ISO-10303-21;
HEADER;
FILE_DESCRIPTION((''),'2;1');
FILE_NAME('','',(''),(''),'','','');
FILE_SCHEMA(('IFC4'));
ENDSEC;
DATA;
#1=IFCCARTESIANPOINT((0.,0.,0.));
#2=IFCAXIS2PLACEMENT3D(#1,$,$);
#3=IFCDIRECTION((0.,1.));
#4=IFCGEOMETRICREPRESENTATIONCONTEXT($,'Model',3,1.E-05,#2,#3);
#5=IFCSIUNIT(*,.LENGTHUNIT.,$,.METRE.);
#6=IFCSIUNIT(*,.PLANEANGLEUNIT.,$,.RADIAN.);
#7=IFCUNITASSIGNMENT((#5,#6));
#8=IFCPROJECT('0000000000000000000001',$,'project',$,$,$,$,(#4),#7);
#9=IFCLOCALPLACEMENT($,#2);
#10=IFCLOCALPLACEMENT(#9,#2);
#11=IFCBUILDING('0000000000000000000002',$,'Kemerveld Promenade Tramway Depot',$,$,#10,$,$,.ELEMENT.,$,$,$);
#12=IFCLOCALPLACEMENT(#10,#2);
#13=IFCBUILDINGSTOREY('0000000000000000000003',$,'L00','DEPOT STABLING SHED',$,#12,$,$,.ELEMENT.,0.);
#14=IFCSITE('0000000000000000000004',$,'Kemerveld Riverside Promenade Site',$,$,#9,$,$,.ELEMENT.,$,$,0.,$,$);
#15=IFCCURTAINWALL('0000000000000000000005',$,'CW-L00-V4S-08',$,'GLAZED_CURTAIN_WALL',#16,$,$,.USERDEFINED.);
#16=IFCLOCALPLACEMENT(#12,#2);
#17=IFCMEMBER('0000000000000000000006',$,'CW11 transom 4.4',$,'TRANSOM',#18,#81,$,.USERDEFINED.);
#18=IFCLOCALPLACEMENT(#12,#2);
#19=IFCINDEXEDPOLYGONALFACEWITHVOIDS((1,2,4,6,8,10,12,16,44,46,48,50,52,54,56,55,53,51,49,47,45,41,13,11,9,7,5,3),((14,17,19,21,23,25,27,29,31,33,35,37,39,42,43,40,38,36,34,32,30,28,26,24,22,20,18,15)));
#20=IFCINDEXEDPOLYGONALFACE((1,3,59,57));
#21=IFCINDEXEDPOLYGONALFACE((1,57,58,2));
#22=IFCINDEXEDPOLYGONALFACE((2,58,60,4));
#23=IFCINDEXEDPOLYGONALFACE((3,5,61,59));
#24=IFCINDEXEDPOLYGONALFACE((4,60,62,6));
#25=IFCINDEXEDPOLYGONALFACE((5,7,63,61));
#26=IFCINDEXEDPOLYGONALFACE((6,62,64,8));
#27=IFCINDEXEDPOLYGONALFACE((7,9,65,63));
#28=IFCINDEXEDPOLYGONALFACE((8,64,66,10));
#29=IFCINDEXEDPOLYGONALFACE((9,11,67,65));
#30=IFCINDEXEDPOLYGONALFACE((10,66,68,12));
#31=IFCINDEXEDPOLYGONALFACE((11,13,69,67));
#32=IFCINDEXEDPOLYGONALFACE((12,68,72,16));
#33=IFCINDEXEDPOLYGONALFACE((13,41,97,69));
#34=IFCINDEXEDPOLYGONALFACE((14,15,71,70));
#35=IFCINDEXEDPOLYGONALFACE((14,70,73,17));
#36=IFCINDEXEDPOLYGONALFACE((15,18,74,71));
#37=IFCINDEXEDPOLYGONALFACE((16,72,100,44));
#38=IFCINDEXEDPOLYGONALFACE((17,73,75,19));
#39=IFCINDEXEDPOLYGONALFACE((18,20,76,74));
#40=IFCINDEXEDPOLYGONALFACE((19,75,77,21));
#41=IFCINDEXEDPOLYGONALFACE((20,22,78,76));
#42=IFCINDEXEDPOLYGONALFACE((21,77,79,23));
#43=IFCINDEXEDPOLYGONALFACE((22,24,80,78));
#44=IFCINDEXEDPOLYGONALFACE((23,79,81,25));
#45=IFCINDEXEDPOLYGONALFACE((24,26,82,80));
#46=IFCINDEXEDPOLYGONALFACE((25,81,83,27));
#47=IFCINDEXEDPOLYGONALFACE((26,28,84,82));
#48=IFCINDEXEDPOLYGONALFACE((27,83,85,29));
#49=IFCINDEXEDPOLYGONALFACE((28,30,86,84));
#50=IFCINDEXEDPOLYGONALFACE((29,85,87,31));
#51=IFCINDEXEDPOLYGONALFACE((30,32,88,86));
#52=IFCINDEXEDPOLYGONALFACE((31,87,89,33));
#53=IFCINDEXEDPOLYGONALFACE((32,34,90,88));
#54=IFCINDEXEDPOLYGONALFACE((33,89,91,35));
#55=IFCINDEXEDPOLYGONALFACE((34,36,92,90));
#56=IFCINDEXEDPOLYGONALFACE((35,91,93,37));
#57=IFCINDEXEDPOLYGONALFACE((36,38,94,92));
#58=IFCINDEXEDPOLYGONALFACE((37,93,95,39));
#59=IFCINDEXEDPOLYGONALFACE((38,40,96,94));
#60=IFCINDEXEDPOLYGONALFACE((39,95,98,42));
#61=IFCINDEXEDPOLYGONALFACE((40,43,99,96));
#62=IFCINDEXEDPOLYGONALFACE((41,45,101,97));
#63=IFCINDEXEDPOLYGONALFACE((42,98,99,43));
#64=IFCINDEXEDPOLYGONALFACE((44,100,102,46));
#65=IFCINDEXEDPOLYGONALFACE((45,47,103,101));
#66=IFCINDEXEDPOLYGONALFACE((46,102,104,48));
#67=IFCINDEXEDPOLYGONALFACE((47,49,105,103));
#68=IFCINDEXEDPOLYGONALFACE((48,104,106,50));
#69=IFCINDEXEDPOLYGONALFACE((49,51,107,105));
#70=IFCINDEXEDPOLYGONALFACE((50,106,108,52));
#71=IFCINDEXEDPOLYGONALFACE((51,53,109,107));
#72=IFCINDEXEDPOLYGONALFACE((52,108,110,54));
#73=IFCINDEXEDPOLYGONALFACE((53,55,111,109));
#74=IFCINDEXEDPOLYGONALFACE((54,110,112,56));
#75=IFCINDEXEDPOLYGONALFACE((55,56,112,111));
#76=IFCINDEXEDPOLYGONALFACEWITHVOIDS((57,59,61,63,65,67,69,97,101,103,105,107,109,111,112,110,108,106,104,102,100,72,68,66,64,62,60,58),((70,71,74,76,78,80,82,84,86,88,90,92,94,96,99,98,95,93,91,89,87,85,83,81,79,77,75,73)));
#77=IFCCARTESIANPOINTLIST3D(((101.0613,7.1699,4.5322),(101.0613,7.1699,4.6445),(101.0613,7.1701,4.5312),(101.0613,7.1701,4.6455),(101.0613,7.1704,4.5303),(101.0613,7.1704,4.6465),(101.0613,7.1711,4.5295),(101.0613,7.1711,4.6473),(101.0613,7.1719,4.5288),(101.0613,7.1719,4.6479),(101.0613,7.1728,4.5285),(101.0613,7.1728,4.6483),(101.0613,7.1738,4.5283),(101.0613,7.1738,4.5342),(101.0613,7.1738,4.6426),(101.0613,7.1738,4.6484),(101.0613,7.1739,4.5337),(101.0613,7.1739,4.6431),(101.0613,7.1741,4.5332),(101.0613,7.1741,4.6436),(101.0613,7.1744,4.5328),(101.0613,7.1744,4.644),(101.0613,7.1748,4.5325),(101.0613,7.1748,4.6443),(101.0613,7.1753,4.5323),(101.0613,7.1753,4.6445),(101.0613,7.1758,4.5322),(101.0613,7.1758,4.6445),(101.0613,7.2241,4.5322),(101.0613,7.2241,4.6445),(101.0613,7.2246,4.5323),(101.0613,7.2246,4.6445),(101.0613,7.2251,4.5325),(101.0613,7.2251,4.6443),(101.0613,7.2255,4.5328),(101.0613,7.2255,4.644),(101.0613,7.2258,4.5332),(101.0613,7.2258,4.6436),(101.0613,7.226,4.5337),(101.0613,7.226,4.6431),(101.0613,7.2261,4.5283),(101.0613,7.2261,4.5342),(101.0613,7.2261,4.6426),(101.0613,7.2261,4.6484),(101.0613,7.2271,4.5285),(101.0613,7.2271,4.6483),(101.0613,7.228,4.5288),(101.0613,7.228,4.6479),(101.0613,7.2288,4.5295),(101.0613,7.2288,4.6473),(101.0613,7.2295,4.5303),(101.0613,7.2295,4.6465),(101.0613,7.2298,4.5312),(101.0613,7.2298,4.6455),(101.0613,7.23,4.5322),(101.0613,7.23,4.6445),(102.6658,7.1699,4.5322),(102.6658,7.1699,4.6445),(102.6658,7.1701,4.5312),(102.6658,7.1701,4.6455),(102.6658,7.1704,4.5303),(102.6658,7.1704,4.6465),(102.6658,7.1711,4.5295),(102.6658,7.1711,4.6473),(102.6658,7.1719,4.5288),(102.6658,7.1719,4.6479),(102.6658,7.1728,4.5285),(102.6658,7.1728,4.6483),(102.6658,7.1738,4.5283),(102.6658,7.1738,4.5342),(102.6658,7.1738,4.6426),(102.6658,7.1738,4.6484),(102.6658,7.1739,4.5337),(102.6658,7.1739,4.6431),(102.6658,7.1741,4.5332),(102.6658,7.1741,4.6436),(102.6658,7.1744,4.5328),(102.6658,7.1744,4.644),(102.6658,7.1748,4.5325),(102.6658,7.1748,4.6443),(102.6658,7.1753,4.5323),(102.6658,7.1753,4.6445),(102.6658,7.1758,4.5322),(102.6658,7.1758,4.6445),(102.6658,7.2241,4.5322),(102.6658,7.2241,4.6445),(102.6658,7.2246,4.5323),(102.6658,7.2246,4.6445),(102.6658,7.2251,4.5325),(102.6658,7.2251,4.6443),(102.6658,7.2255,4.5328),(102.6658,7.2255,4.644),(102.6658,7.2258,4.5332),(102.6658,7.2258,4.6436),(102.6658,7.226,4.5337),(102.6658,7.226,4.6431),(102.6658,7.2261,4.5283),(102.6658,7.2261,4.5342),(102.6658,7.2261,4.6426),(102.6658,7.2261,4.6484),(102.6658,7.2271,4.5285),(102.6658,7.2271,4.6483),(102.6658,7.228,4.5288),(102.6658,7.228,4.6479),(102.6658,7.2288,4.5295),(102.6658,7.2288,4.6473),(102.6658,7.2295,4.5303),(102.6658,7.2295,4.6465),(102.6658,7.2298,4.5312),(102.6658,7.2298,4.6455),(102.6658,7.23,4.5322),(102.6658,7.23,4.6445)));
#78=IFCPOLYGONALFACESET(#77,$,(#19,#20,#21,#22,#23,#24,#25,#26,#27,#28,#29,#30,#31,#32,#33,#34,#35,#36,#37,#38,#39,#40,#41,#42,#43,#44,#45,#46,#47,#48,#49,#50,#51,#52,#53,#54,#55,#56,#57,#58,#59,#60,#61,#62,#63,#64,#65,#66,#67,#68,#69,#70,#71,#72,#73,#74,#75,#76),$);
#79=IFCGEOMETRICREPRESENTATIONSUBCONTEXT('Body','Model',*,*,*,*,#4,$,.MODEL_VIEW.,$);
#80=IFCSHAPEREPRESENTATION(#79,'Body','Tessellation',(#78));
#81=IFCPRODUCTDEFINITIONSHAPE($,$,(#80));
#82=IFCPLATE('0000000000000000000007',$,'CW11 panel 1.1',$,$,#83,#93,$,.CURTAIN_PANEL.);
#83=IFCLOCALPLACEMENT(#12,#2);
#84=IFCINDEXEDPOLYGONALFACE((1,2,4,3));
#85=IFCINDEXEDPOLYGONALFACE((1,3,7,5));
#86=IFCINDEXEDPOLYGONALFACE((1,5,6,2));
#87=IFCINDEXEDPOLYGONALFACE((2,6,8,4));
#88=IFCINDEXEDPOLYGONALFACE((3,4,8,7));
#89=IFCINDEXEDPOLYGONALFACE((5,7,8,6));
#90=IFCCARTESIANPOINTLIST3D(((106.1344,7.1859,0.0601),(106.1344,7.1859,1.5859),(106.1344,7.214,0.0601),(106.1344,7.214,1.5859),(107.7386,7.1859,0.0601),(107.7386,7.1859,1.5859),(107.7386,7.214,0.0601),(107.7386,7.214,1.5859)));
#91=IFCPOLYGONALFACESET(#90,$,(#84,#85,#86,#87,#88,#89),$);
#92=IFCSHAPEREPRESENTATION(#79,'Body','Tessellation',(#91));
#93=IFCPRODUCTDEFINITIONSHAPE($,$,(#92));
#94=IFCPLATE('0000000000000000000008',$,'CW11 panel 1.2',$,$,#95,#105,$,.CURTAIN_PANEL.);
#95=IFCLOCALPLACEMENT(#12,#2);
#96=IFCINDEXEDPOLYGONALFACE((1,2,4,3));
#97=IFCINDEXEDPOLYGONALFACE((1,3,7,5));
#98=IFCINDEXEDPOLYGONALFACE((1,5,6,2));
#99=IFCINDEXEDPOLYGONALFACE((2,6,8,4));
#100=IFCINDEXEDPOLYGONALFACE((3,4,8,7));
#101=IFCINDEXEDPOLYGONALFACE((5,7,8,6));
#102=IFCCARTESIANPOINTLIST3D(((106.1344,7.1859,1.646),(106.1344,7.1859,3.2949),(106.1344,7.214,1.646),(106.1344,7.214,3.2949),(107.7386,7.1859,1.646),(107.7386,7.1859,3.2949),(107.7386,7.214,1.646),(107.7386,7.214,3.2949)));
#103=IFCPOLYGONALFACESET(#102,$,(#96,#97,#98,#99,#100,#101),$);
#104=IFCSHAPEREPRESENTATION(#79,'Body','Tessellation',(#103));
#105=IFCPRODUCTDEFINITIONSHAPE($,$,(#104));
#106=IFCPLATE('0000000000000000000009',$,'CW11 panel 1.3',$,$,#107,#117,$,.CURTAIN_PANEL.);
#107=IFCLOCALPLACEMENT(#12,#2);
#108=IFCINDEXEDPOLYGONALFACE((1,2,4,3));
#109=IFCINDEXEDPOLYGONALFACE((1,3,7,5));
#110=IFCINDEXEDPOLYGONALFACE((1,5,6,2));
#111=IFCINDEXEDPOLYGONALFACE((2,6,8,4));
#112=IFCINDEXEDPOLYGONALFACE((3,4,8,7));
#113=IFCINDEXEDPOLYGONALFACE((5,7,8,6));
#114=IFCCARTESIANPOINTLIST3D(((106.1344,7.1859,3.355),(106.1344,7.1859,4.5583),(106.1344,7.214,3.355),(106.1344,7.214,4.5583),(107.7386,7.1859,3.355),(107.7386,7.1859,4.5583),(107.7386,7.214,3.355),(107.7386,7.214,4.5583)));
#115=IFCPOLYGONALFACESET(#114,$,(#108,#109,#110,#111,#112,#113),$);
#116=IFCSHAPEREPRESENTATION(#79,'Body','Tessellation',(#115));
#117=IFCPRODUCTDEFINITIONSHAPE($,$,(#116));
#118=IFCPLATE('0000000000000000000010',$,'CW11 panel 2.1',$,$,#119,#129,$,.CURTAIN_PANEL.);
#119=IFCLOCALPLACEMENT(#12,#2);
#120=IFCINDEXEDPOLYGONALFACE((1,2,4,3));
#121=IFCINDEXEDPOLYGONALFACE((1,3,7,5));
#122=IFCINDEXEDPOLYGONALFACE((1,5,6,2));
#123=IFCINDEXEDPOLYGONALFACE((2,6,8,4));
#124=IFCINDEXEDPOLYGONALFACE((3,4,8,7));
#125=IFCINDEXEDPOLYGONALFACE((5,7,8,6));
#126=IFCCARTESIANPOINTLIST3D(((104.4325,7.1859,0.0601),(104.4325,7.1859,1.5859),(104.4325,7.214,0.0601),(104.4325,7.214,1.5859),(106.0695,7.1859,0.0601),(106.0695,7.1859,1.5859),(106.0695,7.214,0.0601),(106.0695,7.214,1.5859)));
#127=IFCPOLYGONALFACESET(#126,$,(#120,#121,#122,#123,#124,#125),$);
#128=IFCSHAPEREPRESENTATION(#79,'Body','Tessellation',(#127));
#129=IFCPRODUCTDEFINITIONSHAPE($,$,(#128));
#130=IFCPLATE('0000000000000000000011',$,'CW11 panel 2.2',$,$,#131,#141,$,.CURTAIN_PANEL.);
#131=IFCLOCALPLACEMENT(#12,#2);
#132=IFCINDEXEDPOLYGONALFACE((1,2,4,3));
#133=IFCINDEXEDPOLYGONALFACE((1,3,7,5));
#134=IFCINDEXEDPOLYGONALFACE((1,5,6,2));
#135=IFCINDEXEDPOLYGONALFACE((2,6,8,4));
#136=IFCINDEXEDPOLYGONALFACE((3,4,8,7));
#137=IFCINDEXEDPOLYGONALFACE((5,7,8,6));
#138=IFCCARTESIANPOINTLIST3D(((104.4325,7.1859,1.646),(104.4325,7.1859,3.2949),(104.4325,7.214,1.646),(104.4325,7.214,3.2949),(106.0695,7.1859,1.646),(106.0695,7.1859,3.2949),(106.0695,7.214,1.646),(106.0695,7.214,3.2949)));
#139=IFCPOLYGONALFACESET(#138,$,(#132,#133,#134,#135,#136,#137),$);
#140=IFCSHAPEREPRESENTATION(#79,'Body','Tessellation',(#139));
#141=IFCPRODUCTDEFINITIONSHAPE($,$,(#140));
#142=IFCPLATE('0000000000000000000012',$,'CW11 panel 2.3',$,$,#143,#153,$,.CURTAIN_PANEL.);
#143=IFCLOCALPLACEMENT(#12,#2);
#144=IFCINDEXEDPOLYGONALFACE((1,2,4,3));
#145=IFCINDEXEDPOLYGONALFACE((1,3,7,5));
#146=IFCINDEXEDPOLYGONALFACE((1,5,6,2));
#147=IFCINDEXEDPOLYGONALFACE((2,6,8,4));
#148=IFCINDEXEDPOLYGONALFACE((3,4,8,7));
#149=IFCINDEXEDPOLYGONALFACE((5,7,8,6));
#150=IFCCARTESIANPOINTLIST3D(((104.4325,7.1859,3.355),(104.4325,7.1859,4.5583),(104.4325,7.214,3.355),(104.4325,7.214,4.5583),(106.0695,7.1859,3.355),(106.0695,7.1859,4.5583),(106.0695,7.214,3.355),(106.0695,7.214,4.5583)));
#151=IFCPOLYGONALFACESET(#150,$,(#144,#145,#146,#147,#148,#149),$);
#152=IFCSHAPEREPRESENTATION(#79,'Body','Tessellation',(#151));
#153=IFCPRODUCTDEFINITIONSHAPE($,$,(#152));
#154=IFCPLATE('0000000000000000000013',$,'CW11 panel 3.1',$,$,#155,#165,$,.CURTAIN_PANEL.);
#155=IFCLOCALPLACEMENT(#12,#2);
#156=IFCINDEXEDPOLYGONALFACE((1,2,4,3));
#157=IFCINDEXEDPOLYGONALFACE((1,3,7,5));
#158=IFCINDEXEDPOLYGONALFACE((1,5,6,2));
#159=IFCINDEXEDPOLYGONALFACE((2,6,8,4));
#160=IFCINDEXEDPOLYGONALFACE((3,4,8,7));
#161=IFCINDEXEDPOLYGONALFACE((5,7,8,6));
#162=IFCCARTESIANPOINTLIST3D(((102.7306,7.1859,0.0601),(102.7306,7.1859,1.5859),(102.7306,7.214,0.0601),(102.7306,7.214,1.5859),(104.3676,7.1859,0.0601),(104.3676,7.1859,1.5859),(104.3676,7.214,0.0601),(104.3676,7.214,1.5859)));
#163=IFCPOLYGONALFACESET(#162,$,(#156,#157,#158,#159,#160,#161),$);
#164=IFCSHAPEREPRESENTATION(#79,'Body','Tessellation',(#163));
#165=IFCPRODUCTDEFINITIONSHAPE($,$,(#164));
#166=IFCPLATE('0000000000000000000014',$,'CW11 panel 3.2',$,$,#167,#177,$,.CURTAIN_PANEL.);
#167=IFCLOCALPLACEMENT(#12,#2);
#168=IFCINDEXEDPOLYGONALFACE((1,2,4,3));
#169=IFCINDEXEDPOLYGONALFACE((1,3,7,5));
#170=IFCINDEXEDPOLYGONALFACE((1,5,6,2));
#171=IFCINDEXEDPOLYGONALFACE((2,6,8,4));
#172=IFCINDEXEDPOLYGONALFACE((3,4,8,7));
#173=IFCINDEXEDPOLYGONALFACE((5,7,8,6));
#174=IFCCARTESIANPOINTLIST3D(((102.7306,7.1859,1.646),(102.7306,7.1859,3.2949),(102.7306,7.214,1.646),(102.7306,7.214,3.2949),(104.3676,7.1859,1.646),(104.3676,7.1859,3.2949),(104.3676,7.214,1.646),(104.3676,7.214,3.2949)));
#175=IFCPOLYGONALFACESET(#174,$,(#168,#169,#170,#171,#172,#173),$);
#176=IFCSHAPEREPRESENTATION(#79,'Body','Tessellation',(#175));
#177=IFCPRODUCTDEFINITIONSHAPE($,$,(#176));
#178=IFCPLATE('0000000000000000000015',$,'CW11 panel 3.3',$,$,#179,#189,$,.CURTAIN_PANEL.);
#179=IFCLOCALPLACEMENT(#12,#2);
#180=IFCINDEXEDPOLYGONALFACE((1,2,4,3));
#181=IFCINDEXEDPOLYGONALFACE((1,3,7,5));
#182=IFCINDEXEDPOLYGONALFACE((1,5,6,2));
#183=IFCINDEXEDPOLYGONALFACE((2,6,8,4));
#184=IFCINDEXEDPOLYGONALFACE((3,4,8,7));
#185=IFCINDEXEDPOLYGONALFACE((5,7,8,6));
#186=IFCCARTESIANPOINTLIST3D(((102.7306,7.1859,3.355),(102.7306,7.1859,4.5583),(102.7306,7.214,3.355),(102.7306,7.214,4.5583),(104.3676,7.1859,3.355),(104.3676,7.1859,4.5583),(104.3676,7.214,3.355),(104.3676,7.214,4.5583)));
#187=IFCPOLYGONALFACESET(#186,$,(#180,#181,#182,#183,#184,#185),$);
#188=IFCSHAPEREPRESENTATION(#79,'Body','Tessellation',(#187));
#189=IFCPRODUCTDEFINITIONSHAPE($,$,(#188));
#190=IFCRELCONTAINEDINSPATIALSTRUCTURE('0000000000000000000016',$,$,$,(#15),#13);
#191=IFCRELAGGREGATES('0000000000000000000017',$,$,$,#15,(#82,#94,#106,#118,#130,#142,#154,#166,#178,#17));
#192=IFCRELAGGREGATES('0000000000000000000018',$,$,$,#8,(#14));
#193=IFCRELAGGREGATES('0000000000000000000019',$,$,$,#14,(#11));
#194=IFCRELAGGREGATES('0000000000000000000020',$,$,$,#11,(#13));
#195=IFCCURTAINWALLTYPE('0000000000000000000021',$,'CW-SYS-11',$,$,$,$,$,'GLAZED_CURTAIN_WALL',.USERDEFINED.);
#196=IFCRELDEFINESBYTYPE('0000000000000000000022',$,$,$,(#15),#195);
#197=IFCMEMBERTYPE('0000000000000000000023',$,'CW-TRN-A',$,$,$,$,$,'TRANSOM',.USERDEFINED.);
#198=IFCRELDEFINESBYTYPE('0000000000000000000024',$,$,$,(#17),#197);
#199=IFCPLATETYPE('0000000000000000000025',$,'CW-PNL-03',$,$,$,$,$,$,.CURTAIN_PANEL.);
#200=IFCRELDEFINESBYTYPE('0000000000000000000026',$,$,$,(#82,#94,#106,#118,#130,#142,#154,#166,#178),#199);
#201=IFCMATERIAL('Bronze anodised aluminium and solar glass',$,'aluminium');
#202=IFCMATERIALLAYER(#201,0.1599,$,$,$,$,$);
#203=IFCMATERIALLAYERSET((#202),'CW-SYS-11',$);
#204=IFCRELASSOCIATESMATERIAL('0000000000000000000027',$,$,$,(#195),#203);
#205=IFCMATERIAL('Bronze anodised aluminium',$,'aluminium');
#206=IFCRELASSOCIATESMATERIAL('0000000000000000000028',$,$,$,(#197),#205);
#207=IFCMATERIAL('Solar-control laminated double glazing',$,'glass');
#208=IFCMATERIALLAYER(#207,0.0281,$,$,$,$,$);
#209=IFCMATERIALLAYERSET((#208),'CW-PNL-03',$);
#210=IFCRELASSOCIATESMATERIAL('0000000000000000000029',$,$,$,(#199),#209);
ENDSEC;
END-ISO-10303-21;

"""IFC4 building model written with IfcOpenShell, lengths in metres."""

from ifc_helpers import new_model, si_unit, direction, frame, origin, origin_2d, place, context, subcontext, project, spatial, rectangle, hollow_rectangle, extrude, material, layer, layer_set, material_profile, profile_set, type_object, element, aggregate, save


model = new_model("IFC4")

# Units and contexts
model_context = context("Model", 3, precision=1e-05, world=origin(), true_north=direction((0.0, 1.0)))
body_context = subcontext(model_context, "Body", "Model", "MODEL_VIEW")
ifc_project = project(units=[si_unit("LENGTHUNIT", "METRE"), si_unit("PLANEANGLEUNIT", "RADIAN")], contexts=[model_context])

# Site, building, storey
site_placement = place(None, origin())
site = spatial("IfcSite", under=ifc_project, at=site_placement, Name="Kemerveld Riverside Promenade Site", CompositionType="ELEMENT", RefElevation=0.0)
building_placement = place(site_placement, origin())
building = spatial("IfcBuilding", under=site, at=building_placement, Name="Kemerveld Promenade Tramway Depot", CompositionType="ELEMENT")
storey_placement = place(building_placement, origin())
storey = spatial("IfcBuildingStorey", under=building, at=storey_placement, Name="L00", Description="DEPOT STABLING SHED", CompositionType="ELEMENT", Elevation=0.0)

# Curtain wall, member, plates
ifc_material_1 = material(Name="Bronze anodised aluminium and solar glass", Category="aluminium")
ifc_layer_1 = layer(ifc_material_1, 0.1599)
ifc_layer_set_1 = layer_set([ifc_layer_1], Name="CW-SYS-11")
curtain_wall_type = type_object("IfcCurtainWallType", Name="CW-SYS-11", ElementType="GLAZED_CURTAIN_WALL", PredefinedType="USERDEFINED", material=ifc_layer_set_1)
curtain_wall_placement = place(storey_placement, origin())
curtain_wall = element("IfcCurtainWall", 1, at=curtain_wall_placement, inside=storey, type_object=curtain_wall_type, Name="CW-L00-V4S-08", ObjectType="GLAZED_CURTAIN_WALL", PredefinedType="USERDEFINED")
ifc_material_2 = material(Name="Bronze anodised aluminium", Category="aluminium")
ifc_material_profile_1 = material_profile(ifc_material_2, hollow_rectangle(XDim=0.0601, YDim=0.1201, WallThickness=0.0039, InnerFilletRadius=0.002, OuterFilletRadius=0.0039, at=origin_2d()), Name="CW-TRN-120x60")
ifc_profile_set_1 = profile_set([ifc_material_profile_1], Name="Bronze anodised aluminium")
member_type_1 = type_object("IfcMemberType", Name="CW-TRN-A", ElementType="TRANSOM", PredefinedType="USERDEFINED", material=ifc_profile_set_1)
member_1_placement = place(storey_placement, frame((102.6658, 7.2, 4.5884), z_axis=(-1.0, 0.0, 0.0), x_axis=(0.0, -1.0, 0.0)))
member_1 = element("IfcMember", 2, at=member_1_placement, type_object=member_type_1, Name="CW11 transom 4.4", ObjectType="TRANSOM", PredefinedType="USERDEFINED", context=body_context, shape_type="SweptSolid", body=[
    extrude(hollow_rectangle(XDim=0.0601, YDim=0.1201, WallThickness=0.0039, InnerFilletRadius=0.002, OuterFilletRadius=0.0039, at=origin_2d()), origin(), (0.0, 0.0, 1.0), 1.6045),
])
ifc_material_3 = material(Name="Solar-control laminated double glazing", Category="glass")
ifc_layer_2 = layer(ifc_material_3, 0.0281)
ifc_layer_set_2 = layer_set([ifc_layer_2], Name="CW-PNL-03")
plate_type = type_object("IfcPlateType", Name="CW-PNL-03", PredefinedType="CURTAIN_PANEL", material=ifc_layer_set_2)
plate_1_placement = place(storey_placement, frame((106.9365, 7.2, 0.0601), z_axis=(0.0, 0.0, 1.0), x_axis=(-1.0, 0.0, 0.0)))
plate_1 = element("IfcPlate", 3, at=plate_1_placement, type_object=plate_type, Name="CW11 panel 1.1", PredefinedType="CURTAIN_PANEL", context=body_context, shape_type="SweptSolid", body=[
    extrude(rectangle(XDim=1.6042, YDim=0.0281, at=origin_2d()), origin(), (0.0, 0.0, 1.0), 1.5259),
])
plate_2_placement = place(storey_placement, frame((106.9365, 7.2, 1.646), z_axis=(0.0, 0.0, 1.0), x_axis=(-1.0, 0.0, 0.0)))
plate_2 = element("IfcPlate", 4, at=plate_2_placement, type_object=plate_type, Name="CW11 panel 1.2", PredefinedType="CURTAIN_PANEL", context=body_context, shape_type="SweptSolid", body=[
    extrude(rectangle(XDim=1.6042, YDim=0.0281, at=origin_2d()), origin(), (0.0, 0.0, 1.0), 1.6489),
])
plate_3_placement = place(storey_placement, frame((106.9365, 7.2, 3.355), z_axis=(0.0, 0.0, 1.0), x_axis=(-1.0, 0.0, 0.0)))
plate_3 = element("IfcPlate", 5, at=plate_3_placement, type_object=plate_type, Name="CW11 panel 1.3", PredefinedType="CURTAIN_PANEL", context=body_context, shape_type="SweptSolid", body=[
    extrude(rectangle(XDim=1.6042, YDim=0.0281, at=origin_2d()), origin(), (0.0, 0.0, 1.0), 1.2034),
])
plate_4_placement = place(storey_placement, frame((105.251, 7.2, 0.0601), z_axis=(0.0, 0.0, 1.0), x_axis=(-1.0, 0.0, 0.0)))
plate_4 = element("IfcPlate", 6, at=plate_4_placement, type_object=plate_type, Name="CW11 panel 2.1", PredefinedType="CURTAIN_PANEL", context=body_context, shape_type="SweptSolid", body=[
    extrude(rectangle(XDim=1.637, YDim=0.0281, at=origin_2d()), origin(), (0.0, 0.0, 1.0), 1.5259),
])
plate_5_placement = place(storey_placement, frame((105.251, 7.2, 1.646), z_axis=(0.0, 0.0, 1.0), x_axis=(-1.0, 0.0, 0.0)))
plate_5 = element("IfcPlate", 7, at=plate_5_placement, type_object=plate_type, Name="CW11 panel 2.2", PredefinedType="CURTAIN_PANEL", context=body_context, shape_type="SweptSolid", body=[
    extrude(rectangle(XDim=1.637, YDim=0.0281, at=origin_2d()), origin(), (0.0, 0.0, 1.0), 1.6489),
])
plate_6_placement = place(storey_placement, frame((105.251, 7.2, 3.355), z_axis=(0.0, 0.0, 1.0), x_axis=(-1.0, 0.0, 0.0)))
plate_6 = element("IfcPlate", 8, at=plate_6_placement, type_object=plate_type, Name="CW11 panel 2.3", PredefinedType="CURTAIN_PANEL", context=body_context, shape_type="SweptSolid", body=[
    extrude(rectangle(XDim=1.637, YDim=0.0281, at=origin_2d()), origin(), (0.0, 0.0, 1.0), 1.2034),
])
plate_7_placement = place(storey_placement, frame((103.5491, 7.2, 0.0601), z_axis=(0.0, 0.0, 1.0), x_axis=(-1.0, 0.0, 0.0)))
plate_7 = element("IfcPlate", 9, at=plate_7_placement, type_object=plate_type, Name="CW11 panel 3.1", PredefinedType="CURTAIN_PANEL", context=body_context, shape_type="SweptSolid", body=[
    extrude(rectangle(XDim=1.637, YDim=0.0281, at=origin_2d()), origin(), (0.0, 0.0, 1.0), 1.5259),
])
plate_8_placement = place(storey_placement, frame((103.5491, 7.2, 1.646), z_axis=(0.0, 0.0, 1.0), x_axis=(-1.0, 0.0, 0.0)))
plate_8 = element("IfcPlate", 10, at=plate_8_placement, type_object=plate_type, Name="CW11 panel 3.2", PredefinedType="CURTAIN_PANEL", context=body_context, shape_type="SweptSolid", body=[
    extrude(rectangle(XDim=1.637, YDim=0.0281, at=origin_2d()), origin(), (0.0, 0.0, 1.0), 1.6489),
])
plate_9_placement = place(storey_placement, frame((103.5491, 7.2, 3.355), z_axis=(0.0, 0.0, 1.0), x_axis=(-1.0, 0.0, 0.0)))
plate_9 = element("IfcPlate", 11, at=plate_9_placement, type_object=plate_type, Name="CW11 panel 3.3", PredefinedType="CURTAIN_PANEL", context=body_context, shape_type="SweptSolid", body=[
    extrude(rectangle(XDim=1.637, YDim=0.0281, at=origin_2d()), origin(), (0.0, 0.0, 1.0), 1.2034),
])
aggregate(curtain_wall, [plate_1, plate_2, plate_3, plate_4, plate_5, plate_6, plate_7, plate_8, plate_9, member_1])

save(model, "model.ifc")
